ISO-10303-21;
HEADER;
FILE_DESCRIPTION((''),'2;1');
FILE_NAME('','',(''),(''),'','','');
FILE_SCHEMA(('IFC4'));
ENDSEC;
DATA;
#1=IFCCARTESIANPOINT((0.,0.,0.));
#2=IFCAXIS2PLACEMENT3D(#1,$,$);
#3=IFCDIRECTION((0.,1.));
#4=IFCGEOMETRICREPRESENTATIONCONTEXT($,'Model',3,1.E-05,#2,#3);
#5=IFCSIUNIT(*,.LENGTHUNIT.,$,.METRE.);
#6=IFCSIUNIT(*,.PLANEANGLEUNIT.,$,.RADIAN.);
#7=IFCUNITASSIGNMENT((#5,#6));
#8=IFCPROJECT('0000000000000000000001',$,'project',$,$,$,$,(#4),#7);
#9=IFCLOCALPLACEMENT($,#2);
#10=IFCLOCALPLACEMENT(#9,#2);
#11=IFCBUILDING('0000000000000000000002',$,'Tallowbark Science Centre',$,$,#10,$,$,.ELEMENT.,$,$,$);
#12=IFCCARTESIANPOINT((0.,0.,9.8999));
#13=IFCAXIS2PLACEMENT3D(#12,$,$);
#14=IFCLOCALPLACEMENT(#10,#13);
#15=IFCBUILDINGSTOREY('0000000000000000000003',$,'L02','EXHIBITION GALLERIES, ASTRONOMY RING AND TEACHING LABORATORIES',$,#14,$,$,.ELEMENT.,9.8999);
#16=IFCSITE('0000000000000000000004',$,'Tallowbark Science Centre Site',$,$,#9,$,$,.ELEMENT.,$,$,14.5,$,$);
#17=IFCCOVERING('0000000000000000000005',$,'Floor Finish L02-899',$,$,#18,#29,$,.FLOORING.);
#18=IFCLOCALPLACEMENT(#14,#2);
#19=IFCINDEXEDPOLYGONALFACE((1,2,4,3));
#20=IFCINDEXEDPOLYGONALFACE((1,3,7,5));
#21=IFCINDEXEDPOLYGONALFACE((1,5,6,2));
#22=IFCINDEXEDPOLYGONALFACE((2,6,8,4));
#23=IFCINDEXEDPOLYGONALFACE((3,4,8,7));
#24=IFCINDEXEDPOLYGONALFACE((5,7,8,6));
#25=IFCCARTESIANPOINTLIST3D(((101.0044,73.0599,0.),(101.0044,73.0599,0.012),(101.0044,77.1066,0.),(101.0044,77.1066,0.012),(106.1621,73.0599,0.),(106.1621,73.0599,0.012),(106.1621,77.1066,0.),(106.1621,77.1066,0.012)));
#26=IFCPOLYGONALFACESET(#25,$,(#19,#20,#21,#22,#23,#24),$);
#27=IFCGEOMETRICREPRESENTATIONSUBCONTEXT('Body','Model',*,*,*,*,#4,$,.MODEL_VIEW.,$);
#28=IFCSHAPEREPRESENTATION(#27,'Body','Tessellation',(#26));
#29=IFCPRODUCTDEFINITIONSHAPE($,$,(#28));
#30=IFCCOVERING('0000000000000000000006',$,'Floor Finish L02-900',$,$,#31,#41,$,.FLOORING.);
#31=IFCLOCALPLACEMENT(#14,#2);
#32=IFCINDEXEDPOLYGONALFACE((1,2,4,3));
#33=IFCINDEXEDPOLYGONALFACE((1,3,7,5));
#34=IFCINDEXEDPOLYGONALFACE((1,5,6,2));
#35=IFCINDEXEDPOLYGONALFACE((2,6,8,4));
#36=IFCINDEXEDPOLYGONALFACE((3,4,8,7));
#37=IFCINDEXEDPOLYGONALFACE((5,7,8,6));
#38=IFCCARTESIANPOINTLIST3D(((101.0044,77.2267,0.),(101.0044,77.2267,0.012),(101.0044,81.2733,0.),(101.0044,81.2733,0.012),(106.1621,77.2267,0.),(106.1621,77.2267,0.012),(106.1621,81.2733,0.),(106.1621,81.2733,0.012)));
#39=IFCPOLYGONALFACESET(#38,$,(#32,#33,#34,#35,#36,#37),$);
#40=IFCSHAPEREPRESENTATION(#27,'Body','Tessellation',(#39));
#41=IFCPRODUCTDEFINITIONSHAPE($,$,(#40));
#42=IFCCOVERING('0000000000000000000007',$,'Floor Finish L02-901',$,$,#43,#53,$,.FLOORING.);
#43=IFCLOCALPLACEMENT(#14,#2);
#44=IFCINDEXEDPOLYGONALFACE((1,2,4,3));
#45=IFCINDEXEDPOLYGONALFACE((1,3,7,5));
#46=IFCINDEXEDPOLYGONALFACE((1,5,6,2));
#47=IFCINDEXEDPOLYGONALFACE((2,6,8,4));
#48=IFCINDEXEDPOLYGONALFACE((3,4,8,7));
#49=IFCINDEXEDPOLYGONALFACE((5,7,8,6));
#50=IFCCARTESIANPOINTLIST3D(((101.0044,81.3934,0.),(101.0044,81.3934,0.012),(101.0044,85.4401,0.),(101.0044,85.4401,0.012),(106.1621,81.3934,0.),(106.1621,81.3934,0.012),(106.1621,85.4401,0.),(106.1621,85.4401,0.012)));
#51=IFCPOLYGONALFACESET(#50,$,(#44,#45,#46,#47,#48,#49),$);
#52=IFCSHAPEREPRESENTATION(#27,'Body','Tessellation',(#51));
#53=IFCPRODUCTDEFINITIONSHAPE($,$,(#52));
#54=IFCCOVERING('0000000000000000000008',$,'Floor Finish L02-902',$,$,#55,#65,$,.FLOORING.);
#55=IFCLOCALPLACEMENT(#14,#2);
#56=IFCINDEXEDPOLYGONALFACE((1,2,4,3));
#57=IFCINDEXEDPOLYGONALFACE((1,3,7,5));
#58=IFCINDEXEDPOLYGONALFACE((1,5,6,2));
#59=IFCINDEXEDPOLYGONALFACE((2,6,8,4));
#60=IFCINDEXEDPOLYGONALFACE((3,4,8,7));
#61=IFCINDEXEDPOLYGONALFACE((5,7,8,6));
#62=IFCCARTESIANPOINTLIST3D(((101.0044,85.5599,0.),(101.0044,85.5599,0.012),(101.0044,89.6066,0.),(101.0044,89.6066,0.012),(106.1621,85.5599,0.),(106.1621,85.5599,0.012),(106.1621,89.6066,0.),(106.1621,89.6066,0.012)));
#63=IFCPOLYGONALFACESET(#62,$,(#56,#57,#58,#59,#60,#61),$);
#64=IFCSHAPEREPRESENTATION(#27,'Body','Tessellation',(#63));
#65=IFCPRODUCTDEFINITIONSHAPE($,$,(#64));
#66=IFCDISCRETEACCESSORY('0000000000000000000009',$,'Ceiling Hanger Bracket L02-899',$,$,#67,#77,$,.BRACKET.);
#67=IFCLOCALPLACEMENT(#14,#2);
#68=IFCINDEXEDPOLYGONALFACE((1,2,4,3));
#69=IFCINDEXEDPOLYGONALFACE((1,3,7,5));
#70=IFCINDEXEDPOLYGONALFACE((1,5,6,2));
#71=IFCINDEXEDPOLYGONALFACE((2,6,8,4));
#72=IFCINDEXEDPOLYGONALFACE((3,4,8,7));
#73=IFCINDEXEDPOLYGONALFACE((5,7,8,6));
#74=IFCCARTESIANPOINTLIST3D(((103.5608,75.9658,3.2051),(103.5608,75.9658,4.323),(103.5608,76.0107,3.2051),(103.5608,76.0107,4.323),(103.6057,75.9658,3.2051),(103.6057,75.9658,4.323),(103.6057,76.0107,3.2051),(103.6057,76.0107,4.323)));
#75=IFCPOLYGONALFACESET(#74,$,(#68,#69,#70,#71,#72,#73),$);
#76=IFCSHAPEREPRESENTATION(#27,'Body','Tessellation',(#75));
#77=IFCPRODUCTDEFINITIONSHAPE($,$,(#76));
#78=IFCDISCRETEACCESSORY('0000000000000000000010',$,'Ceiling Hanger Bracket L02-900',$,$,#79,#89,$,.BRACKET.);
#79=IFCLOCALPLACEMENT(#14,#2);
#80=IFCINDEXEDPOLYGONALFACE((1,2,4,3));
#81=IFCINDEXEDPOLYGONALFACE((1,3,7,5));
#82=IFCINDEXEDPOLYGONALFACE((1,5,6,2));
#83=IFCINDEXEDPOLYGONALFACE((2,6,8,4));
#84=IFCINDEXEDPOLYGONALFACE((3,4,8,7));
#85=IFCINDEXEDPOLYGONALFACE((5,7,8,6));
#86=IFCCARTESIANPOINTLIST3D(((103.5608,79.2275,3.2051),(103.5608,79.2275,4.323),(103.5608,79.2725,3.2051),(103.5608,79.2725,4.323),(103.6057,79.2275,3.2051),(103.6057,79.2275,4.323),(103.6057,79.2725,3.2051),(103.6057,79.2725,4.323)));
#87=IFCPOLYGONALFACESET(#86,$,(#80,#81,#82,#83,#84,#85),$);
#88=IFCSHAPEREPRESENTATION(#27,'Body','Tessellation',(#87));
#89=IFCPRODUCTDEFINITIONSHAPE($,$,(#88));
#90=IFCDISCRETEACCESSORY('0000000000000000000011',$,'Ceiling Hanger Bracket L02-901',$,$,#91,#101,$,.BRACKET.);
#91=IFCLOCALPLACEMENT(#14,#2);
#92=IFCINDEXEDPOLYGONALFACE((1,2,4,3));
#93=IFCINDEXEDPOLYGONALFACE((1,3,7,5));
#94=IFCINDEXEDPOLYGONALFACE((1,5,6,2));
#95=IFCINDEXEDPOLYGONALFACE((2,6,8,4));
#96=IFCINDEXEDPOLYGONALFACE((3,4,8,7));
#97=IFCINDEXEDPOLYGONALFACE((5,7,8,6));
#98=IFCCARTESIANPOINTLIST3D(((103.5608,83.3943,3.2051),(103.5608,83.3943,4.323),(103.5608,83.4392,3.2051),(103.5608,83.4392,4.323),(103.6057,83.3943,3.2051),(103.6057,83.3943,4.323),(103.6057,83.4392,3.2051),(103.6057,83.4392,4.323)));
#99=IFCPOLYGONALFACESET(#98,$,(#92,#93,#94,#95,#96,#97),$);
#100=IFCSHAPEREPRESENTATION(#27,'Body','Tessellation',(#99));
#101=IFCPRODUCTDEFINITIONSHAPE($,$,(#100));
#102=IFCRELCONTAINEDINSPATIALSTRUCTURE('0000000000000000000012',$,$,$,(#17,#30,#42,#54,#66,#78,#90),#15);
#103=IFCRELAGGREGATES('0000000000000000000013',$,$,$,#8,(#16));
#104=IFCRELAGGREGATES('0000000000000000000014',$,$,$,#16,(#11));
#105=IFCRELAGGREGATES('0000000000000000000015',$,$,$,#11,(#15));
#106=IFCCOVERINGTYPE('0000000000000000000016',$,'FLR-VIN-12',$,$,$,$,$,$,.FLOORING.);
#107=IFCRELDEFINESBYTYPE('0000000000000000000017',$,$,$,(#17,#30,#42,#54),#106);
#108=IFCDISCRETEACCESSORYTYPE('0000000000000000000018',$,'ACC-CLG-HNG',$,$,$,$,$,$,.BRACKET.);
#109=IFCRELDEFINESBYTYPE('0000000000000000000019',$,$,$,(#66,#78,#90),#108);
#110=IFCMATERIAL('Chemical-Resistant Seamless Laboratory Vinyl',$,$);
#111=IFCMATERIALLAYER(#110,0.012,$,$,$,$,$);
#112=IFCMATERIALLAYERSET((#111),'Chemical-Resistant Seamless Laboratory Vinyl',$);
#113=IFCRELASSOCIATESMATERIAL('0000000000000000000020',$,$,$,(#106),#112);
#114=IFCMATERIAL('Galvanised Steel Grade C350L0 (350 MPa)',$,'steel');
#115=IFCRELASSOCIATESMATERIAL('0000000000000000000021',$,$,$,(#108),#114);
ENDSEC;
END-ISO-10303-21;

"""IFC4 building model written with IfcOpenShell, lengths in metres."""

from ifc_helpers import new_model, si_unit, direction, frame, origin, origin_2d, place, context, subcontext, project, spatial, rectangle, extrude, material, layer, layer_set, type_object, element, save


model = new_model("IFC4")

# Units and contexts
model_context = context("Model", 3, precision=1e-05, world=origin(), true_north=direction((0.0, 1.0)))
body_context = subcontext(model_context, "Body", "Model", "MODEL_VIEW")
ifc_project = project(units=[si_unit("LENGTHUNIT", "METRE"), si_unit("PLANEANGLEUNIT", "RADIAN")], contexts=[model_context])

# Site, building, storey
site_placement = place(None, origin())
site = spatial("IfcSite", under=ifc_project, at=site_placement, Name="Tallowbark Science Centre Site", CompositionType="ELEMENT", RefElevation=14.5)
building_placement = place(site_placement, origin())
building = spatial("IfcBuilding", under=site, at=building_placement, Name="Tallowbark Science Centre", CompositionType="ELEMENT")
storey_placement = place(building_placement, frame((0.0, 0.0, 9.8999)))
storey = spatial("IfcBuildingStorey", under=building, at=storey_placement, Name="L02", Description="EXHIBITION GALLERIES, ASTRONOMY RING AND TEACHING LABORATORIES", CompositionType="ELEMENT", Elevation=9.8999)

# Coverings
ifc_material_1 = material(Name="Chemical-Resistant Seamless Laboratory Vinyl")
ifc_layer_1 = layer(ifc_material_1, 0.012)
ifc_layer_set_1 = layer_set([ifc_layer_1], Name="Chemical-Resistant Seamless Laboratory Vinyl")
covering_type_1 = type_object("IfcCoveringType", Name="FLR-VIN-12", PredefinedType="FLOORING", material=ifc_layer_set_1)
for number, where, z_axis, x_axis, name in (
    (1, (103.5833, 75.0833, 0.0), (0.0, 0.0, 1.0), (1.0, 0.0, 0.0), "Floor Finish L02-899"),
    (2, (103.5833, 79.25, 0.0), (0.0, 0.0, 1.0), (1.0, 0.0, 0.0), "Floor Finish L02-900"),
    (3, (103.5833, 83.4167, 0.0), (0.0, 0.0, 1.0), (1.0, 0.0, 0.0), "Floor Finish L02-901"),
    (4, (103.5833, 87.5833, 0.0), (0.0, 0.0, 1.0), (1.0, 0.0, 0.0), "Floor Finish L02-902"),
):
    element("IfcCovering", number, at=place(storey_placement, frame(where, z_axis=z_axis, x_axis=x_axis)), inside=storey, type_object=covering_type_1, Name=name, PredefinedType="FLOORING", context=body_context, shape_type="SweptSolid", body=[
        extrude(rectangle(XDim=5.1577, YDim=4.0466, at=origin_2d()), origin(), (0.0, 0.0, 1.0), 0.012),
    ])

# Discrete accessories
ifc_material_2 = material(Name="Galvanised Steel Grade C350L0 (350 MPa)", Category="steel")
discrete_accessory_type = type_object("IfcDiscreteAccessoryType", Name="ACC-CLG-HNG", PredefinedType="BRACKET", material=ifc_material_2)
for number, where, z_axis, x_axis, name in (
    (5, (103.5833, 75.9883, 3.2051), (0.0, 0.0, 1.0), (1.0, 0.0, 0.0), "Ceiling Hanger Bracket L02-899"),
    (6, (103.5833, 79.25, 3.2051), (0.0, 0.0, 1.0), (1.0, 0.0, 0.0), "Ceiling Hanger Bracket L02-900"),
    (7, (103.5833, 83.4167, 3.2051), (0.0, 0.0, 1.0), (1.0, 0.0, 0.0), "Ceiling Hanger Bracket L02-901"),
):
    element("IfcDiscreteAccessory", number, at=place(storey_placement, frame(where, z_axis=z_axis, x_axis=x_axis)), inside=storey, type_object=discrete_accessory_type, Name=name, PredefinedType="BRACKET", context=body_context, shape_type="SweptSolid", body=[
        extrude(rectangle(XDim=0.0449, YDim=0.0449, at=origin_2d()), origin(), (0.0, 0.0, 1.0), 1.1179),
    ])

save(model, "model.ifc")
